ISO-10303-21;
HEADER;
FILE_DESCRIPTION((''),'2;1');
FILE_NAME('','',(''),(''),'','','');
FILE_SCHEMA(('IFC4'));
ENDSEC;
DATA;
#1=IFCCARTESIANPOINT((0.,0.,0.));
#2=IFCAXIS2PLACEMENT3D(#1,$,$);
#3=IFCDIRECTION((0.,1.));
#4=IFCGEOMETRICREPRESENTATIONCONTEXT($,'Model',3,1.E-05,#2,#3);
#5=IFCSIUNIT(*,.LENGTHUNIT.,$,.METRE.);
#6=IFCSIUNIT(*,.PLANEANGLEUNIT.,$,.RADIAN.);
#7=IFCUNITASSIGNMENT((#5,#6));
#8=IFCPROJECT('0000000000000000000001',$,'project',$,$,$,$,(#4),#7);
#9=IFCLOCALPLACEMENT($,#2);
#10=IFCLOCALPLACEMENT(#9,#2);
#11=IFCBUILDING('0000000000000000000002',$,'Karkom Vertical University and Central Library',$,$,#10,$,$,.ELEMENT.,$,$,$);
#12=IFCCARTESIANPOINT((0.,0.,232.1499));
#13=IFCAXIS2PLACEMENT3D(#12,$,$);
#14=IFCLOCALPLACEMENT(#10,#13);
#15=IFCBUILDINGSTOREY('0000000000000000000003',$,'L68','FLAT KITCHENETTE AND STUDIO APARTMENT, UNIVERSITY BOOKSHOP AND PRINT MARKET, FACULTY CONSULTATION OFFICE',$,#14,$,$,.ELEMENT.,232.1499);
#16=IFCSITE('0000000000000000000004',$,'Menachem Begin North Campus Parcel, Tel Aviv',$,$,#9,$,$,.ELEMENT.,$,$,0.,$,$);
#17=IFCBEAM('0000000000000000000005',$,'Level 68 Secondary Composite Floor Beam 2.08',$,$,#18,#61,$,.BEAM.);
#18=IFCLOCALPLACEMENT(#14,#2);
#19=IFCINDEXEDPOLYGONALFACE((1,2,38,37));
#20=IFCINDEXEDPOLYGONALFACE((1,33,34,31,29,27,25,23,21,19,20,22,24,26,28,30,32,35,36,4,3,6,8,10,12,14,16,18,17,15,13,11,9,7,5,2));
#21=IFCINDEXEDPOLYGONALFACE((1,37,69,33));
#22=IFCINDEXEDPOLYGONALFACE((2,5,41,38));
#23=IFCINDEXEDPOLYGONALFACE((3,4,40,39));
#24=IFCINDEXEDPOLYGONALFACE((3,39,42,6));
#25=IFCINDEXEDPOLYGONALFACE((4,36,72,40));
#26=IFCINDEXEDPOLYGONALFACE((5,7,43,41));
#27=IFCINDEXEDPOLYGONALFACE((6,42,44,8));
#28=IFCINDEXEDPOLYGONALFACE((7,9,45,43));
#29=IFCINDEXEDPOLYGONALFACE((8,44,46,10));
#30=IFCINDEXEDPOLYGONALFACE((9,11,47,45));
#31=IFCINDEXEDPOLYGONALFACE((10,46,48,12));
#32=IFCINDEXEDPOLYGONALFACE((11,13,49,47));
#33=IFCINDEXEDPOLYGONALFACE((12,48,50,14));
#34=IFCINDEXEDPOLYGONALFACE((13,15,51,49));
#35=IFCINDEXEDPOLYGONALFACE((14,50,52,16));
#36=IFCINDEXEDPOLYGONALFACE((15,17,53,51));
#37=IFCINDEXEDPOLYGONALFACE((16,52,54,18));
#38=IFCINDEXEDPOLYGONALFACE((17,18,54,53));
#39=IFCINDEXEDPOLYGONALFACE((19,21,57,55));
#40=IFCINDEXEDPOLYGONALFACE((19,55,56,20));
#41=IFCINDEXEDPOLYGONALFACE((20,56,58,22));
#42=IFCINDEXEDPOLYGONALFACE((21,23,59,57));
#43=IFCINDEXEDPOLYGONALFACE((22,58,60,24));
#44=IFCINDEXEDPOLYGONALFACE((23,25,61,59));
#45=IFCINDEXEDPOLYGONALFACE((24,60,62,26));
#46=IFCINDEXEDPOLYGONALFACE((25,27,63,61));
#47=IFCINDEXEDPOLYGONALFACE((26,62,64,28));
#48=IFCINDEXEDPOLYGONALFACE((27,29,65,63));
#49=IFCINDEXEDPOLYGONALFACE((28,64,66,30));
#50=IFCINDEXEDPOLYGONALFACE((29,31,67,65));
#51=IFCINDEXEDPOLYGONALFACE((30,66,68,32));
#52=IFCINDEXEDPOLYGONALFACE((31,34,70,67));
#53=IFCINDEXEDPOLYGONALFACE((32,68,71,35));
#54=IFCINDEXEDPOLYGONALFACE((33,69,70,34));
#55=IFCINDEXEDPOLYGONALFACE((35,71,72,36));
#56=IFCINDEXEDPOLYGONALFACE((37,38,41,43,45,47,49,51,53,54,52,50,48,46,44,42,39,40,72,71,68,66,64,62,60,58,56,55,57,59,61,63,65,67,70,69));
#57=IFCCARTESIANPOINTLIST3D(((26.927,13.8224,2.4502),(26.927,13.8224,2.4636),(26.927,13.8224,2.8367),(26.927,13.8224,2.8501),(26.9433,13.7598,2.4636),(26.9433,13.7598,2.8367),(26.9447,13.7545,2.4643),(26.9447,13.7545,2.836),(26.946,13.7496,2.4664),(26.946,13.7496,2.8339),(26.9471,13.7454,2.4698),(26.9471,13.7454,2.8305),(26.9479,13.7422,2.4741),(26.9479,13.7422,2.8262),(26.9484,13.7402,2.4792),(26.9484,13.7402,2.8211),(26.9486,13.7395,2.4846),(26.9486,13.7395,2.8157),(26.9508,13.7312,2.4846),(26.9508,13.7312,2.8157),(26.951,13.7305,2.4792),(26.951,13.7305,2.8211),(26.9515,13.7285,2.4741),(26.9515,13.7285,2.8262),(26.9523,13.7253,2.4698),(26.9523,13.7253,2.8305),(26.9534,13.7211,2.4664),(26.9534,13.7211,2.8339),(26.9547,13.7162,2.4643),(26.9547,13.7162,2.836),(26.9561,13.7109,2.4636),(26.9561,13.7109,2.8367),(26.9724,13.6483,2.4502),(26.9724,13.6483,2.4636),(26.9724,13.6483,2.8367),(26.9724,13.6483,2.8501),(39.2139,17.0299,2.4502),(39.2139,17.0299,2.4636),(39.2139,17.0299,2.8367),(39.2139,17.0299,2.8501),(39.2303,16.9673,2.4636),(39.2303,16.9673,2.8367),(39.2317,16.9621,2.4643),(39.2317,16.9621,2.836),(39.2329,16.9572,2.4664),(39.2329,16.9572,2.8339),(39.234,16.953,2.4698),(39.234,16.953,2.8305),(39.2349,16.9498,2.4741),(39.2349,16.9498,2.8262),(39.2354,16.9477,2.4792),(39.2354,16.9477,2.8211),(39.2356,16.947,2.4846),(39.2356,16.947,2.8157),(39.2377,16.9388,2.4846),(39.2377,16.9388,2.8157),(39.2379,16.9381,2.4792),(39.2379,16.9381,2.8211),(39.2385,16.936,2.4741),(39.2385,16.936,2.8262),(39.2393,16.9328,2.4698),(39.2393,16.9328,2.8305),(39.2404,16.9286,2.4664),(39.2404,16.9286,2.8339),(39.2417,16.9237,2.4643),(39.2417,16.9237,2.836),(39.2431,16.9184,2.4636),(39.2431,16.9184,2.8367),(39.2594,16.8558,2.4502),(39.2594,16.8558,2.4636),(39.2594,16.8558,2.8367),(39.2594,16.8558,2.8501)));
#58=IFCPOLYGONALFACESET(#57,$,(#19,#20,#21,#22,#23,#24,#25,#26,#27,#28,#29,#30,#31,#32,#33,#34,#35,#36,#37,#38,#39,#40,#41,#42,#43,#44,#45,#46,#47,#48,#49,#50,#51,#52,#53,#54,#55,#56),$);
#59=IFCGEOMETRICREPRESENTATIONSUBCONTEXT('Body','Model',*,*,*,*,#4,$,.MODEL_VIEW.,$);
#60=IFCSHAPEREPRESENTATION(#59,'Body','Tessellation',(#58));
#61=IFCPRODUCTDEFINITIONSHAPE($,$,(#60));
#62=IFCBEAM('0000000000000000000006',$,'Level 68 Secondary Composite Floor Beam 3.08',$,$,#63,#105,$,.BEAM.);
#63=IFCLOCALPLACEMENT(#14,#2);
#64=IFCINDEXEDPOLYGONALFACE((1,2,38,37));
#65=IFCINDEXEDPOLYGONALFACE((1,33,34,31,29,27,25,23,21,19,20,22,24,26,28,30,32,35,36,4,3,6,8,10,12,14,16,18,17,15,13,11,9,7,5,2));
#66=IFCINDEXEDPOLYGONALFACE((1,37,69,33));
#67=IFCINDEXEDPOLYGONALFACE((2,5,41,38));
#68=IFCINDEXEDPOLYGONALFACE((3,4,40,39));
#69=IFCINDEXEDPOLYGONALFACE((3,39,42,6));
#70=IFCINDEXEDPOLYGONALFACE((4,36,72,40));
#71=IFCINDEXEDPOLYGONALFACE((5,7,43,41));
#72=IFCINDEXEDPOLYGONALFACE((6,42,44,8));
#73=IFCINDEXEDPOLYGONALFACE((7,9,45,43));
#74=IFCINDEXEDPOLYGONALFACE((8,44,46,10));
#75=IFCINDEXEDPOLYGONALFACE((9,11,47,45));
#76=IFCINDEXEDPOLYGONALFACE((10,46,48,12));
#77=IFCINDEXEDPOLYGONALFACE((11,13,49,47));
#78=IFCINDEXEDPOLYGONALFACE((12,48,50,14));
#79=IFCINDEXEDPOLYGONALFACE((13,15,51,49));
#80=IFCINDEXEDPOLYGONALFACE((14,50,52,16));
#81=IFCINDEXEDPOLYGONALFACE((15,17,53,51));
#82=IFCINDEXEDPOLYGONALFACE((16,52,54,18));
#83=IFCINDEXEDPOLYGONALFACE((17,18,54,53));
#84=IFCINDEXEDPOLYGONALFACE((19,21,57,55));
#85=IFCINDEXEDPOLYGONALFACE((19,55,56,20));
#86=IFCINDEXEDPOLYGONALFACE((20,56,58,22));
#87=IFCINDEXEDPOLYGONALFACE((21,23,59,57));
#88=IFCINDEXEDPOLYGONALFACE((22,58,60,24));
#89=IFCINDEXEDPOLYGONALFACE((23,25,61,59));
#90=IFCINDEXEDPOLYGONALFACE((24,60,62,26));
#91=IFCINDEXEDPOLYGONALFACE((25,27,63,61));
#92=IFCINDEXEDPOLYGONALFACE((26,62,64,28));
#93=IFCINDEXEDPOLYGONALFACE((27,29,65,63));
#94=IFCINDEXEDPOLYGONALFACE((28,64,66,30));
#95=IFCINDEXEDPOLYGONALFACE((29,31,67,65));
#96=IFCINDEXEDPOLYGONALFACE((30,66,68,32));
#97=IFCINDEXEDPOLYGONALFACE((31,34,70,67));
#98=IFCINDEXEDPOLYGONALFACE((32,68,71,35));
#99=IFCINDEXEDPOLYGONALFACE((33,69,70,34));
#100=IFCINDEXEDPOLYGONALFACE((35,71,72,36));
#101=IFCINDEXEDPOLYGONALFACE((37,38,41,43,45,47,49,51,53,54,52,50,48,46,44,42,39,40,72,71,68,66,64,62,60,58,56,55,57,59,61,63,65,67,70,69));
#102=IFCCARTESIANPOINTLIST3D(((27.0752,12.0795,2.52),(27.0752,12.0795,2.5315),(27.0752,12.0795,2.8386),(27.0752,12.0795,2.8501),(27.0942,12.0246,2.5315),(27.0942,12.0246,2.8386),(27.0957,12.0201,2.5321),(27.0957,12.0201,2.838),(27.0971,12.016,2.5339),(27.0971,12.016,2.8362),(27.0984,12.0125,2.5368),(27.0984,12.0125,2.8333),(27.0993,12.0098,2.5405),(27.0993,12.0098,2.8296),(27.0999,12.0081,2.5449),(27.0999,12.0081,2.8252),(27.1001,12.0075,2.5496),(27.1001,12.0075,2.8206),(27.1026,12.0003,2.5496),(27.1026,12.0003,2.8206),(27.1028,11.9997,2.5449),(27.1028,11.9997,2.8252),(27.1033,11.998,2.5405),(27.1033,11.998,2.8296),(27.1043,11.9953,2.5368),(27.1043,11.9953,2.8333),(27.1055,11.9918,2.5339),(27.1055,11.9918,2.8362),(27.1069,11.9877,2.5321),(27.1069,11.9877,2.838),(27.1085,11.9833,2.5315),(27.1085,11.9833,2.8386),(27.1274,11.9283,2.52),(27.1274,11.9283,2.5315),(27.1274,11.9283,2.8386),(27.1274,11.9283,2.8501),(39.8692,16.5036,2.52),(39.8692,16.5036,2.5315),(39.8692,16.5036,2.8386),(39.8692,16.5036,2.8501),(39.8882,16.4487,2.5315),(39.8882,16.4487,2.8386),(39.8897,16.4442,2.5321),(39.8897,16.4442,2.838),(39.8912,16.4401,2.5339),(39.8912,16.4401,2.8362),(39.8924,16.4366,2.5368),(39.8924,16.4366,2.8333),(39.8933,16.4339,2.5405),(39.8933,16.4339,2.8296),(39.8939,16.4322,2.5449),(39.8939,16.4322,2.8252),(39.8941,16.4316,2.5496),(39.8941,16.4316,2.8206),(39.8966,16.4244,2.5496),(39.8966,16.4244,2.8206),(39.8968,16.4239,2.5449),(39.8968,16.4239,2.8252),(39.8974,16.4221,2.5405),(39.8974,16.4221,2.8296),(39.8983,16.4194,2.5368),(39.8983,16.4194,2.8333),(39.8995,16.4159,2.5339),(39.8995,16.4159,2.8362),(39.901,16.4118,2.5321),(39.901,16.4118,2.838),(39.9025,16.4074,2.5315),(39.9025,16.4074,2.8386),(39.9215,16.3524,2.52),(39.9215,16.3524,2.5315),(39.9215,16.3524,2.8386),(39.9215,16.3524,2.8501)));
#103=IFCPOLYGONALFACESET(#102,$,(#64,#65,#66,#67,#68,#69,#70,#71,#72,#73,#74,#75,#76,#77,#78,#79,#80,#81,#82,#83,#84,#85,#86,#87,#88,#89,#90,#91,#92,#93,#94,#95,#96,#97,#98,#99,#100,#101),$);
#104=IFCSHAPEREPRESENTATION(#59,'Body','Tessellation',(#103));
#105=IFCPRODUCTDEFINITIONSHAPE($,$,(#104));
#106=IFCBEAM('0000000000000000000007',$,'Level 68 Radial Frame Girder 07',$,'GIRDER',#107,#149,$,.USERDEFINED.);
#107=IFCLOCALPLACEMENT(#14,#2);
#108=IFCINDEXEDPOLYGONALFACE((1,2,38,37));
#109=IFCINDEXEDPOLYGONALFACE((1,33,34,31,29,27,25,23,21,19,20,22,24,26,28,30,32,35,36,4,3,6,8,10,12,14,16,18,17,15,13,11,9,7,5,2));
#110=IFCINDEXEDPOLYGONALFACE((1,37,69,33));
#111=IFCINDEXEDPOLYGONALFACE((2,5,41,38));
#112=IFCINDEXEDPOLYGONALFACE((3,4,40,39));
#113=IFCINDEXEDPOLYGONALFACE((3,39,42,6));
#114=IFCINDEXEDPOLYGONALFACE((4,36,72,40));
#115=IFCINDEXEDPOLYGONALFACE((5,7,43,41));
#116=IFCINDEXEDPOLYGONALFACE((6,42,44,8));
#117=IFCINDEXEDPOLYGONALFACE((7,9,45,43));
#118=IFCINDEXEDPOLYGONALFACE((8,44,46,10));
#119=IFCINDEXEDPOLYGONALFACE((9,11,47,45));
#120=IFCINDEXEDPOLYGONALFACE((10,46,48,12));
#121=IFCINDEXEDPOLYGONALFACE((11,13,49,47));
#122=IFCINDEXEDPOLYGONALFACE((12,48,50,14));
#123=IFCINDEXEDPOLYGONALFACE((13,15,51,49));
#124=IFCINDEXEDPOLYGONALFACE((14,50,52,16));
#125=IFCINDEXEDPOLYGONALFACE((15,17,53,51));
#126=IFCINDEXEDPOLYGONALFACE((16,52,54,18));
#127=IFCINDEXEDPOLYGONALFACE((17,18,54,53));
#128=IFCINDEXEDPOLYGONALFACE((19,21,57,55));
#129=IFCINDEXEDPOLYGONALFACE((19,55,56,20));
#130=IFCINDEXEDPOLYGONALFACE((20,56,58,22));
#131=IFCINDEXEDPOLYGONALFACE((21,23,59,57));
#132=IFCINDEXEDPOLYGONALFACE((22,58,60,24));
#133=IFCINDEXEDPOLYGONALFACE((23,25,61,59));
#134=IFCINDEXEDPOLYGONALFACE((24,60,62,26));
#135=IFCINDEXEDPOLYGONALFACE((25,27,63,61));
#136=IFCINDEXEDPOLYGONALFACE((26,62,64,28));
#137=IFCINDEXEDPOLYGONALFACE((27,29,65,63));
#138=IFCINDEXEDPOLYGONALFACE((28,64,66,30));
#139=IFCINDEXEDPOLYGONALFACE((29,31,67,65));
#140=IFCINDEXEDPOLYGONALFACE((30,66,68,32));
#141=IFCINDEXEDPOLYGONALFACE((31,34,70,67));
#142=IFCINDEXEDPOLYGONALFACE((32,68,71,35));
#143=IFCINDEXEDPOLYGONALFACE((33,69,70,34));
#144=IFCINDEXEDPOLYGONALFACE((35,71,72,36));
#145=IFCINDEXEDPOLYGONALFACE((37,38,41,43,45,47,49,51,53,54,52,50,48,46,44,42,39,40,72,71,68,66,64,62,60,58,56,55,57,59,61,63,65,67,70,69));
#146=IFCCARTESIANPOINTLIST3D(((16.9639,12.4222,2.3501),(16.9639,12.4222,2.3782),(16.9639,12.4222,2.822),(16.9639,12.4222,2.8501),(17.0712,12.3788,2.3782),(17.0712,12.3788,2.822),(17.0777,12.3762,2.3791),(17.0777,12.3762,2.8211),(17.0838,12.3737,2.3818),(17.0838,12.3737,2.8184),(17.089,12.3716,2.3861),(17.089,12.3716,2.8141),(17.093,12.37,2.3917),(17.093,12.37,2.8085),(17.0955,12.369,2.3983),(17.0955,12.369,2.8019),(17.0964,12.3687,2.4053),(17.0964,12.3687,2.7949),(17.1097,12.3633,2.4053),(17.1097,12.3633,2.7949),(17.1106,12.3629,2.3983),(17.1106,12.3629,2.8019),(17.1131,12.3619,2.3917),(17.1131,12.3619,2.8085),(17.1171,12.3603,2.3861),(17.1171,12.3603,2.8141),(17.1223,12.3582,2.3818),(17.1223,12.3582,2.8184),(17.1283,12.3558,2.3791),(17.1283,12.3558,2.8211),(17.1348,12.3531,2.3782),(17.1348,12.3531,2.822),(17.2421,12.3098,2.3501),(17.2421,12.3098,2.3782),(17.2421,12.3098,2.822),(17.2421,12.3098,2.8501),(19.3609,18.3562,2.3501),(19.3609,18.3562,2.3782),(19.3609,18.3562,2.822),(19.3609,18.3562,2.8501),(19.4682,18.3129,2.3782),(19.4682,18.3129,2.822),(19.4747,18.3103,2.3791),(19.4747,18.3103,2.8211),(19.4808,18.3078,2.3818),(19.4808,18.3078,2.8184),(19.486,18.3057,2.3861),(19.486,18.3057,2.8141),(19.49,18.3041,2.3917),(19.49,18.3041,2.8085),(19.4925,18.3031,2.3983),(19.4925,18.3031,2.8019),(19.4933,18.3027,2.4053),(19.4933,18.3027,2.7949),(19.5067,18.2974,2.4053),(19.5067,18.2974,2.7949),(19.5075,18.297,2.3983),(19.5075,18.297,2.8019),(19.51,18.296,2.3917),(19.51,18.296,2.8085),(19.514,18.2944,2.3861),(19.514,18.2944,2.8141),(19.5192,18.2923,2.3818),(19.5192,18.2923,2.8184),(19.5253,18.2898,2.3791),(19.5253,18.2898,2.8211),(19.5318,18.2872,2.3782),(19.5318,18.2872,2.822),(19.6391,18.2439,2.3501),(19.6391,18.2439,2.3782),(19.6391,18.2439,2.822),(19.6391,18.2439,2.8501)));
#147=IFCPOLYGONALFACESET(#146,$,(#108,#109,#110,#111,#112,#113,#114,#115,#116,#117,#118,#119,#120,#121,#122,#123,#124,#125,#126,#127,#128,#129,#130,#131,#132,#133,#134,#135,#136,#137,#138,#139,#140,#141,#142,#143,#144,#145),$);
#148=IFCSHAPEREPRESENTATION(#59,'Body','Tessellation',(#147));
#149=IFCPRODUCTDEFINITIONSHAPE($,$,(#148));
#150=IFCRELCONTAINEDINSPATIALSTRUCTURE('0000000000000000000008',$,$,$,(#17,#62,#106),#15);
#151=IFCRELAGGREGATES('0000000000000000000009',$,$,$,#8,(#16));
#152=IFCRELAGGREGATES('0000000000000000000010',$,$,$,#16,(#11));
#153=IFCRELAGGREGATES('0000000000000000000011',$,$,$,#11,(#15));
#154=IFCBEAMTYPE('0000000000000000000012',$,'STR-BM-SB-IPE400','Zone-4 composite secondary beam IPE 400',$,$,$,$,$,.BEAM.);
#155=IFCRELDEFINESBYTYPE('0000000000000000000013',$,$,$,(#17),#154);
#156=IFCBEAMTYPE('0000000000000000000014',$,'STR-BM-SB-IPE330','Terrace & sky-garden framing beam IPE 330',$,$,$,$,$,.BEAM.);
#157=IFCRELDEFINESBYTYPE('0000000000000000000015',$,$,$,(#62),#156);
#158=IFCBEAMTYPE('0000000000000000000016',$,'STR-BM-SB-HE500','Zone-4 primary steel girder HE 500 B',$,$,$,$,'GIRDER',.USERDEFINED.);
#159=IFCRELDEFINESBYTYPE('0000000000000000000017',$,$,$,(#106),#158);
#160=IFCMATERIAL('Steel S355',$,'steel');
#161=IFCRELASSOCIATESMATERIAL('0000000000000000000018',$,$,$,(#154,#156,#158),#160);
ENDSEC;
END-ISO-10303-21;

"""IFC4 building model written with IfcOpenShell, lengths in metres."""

from ifc_helpers import new_model, si_unit, direction, frame, origin, origin_with_axes, origin_2d, place, context, subcontext, project, spatial, i_section, extrude, source, transform, mapped, material, material_profile, profile_set, type_object, element, save


model = new_model("IFC4")

# Units and contexts
model_context = context("Model", 3, precision=1e-05, world=origin(), true_north=direction((0.0, 1.0)))
body_context = subcontext(model_context, "Body", "Model", "MODEL_VIEW")
ifc_project = project(units=[si_unit("LENGTHUNIT", "METRE"), si_unit("PLANEANGLEUNIT", "RADIAN")], contexts=[model_context])

# Site, building, storey
site_placement = place(None, origin())
site = spatial("IfcSite", under=ifc_project, at=site_placement, Name="Menachem Begin North Campus Parcel, Tel Aviv", CompositionType="ELEMENT", RefElevation=0.0)
building_placement = place(site_placement, origin())
building = spatial("IfcBuilding", under=site, at=building_placement, Name="Karkom Vertical University and Central Library", CompositionType="ELEMENT")
storey_placement = place(building_placement, frame((0.0, 0.0, 232.1499)))
storey = spatial("IfcBuildingStorey", under=building, at=storey_placement, Name="L68", Description="FLAT KITCHENETTE AND STUDIO APARTMENT, UNIVERSITY BOOKSHOP AND PRINT MARKET, FACULTY CONSULTATION OFFICE", CompositionType="ELEMENT", Elevation=232.1499)

# Beams
ifc_material_1 = material(Name="Steel S355", Category="steel")
ifc_material_profile_1 = material_profile(ifc_material_1, i_section(OverallWidth=0.1799, OverallDepth=0.3999, WebThickness=0.0085, FlangeThickness=0.0134, FilletRadius=0.021, at=origin_2d()), Name="IPE 400")
ifc_profile_set_1 = profile_set([ifc_material_profile_1], Name="Steel S355")
beam_type_1 = type_object("IfcBeamType", Name="STR-BM-SB-IPE400", Description="Zone-4 composite secondary beam IPE 400", PredefinedType="BEAM", material=ifc_profile_set_1)
shared_shape_1 = source(origin_with_axes(), body_context, "Body", "SweptSolid", [
    extrude(i_section(OverallWidth=0.1799, OverallDepth=0.3999, WebThickness=0.0085, FlangeThickness=0.0134, FilletRadius=0.021, at=origin_2d()), origin(), (0.0, 0.0, 1.0), 12.6987),
])
beam_1_placement = place(storey_placement, frame((26.9497, 13.7354, 2.6501), z_axis=(0.967574, 0.252588, 0.0), x_axis=(-0.252588, 0.967574, 0.0)))
element("IfcBeam", 1, at=beam_1_placement, inside=storey, type_object=beam_type_1, Name="Level 68 Secondary Composite Floor Beam 2.08", PredefinedType="BEAM", context=body_context, shape_type="MappedRepresentation", body=[
    mapped(shared_shape_1, transform((0.0, 0.0, 0.0), scale=1.0)),
])
ifc_material_profile_2 = material_profile(ifc_material_1, i_section(OverallWidth=0.1599, OverallDepth=0.3301, WebThickness=0.0076, FlangeThickness=0.0115, FilletRadius=0.0181, at=origin_2d()), Name="IPE 330")
ifc_profile_set_2 = profile_set([ifc_material_profile_2], Name="Steel S355")
beam_type_2 = type_object("IfcBeamType", Name="STR-BM-SB-IPE330", Description="Terrace & sky-garden framing beam IPE 330", PredefinedType="BEAM", material=ifc_profile_set_2)
shared_shape_2 = source(origin_with_axes(), body_context, "Body", "SweptSolid", [
    extrude(i_section(OverallWidth=0.1599, OverallDepth=0.3301, WebThickness=0.0076, FlangeThickness=0.0115, FilletRadius=0.0181, at=origin_2d()), origin(), (0.0, 0.0, 1.0), 13.5374),
])
beam_2_placement = place(storey_placement, frame((27.1013, 12.0039, 2.6851), z_axis=(0.945091, 0.326807, 0.0), x_axis=(-0.326807, 0.945091, 0.0)))
element("IfcBeam", 2, at=beam_2_placement, inside=storey, type_object=beam_type_2, Name="Level 68 Secondary Composite Floor Beam 3.08", PredefinedType="BEAM", context=body_context, shape_type="MappedRepresentation", body=[
    mapped(shared_shape_2, transform((0.0, 0.0, 0.0), scale=1.0)),
])
ifc_material_profile_3 = material_profile(ifc_material_1, i_section(OverallWidth=0.3, OverallDepth=0.5, WebThickness=0.0144, FlangeThickness=0.0281, FilletRadius=0.0271, at=origin_2d()), Name="HE 500 B")
ifc_profile_set_3 = profile_set([ifc_material_profile_3], Name="Steel S355")
beam_type_3 = type_object("IfcBeamType", Name="STR-BM-SB-HE500", Description="Zone-4 primary steel girder HE 500 B", ElementType="GIRDER", PredefinedType="USERDEFINED", material=ifc_profile_set_3)
shared_shape_3 = source(origin_with_axes(), body_context, "Body", "SweptSolid", [
    extrude(i_section(OverallWidth=0.3, OverallDepth=0.5, WebThickness=0.0144, FlangeThickness=0.0281, FilletRadius=0.0271, at=origin_2d()), origin(), (0.0, 0.0, 1.0), 6.3999),
])
beam_3_placement = place(storey_placement, frame((19.5, 18.3, 2.6001), z_axis=(-0.374532, -0.927214, 0.0), x_axis=(0.927214, -0.374532, 0.0)))
element("IfcBeam", 3, at=beam_3_placement, inside=storey, type_object=beam_type_3, Name="Level 68 Radial Frame Girder 07", ObjectType="GIRDER", PredefinedType="USERDEFINED", context=body_context, shape_type="MappedRepresentation", body=[
    mapped(shared_shape_3, transform((0.0, 0.0, 0.0), scale=1.0)),
])

save(model, "model.ifc")
